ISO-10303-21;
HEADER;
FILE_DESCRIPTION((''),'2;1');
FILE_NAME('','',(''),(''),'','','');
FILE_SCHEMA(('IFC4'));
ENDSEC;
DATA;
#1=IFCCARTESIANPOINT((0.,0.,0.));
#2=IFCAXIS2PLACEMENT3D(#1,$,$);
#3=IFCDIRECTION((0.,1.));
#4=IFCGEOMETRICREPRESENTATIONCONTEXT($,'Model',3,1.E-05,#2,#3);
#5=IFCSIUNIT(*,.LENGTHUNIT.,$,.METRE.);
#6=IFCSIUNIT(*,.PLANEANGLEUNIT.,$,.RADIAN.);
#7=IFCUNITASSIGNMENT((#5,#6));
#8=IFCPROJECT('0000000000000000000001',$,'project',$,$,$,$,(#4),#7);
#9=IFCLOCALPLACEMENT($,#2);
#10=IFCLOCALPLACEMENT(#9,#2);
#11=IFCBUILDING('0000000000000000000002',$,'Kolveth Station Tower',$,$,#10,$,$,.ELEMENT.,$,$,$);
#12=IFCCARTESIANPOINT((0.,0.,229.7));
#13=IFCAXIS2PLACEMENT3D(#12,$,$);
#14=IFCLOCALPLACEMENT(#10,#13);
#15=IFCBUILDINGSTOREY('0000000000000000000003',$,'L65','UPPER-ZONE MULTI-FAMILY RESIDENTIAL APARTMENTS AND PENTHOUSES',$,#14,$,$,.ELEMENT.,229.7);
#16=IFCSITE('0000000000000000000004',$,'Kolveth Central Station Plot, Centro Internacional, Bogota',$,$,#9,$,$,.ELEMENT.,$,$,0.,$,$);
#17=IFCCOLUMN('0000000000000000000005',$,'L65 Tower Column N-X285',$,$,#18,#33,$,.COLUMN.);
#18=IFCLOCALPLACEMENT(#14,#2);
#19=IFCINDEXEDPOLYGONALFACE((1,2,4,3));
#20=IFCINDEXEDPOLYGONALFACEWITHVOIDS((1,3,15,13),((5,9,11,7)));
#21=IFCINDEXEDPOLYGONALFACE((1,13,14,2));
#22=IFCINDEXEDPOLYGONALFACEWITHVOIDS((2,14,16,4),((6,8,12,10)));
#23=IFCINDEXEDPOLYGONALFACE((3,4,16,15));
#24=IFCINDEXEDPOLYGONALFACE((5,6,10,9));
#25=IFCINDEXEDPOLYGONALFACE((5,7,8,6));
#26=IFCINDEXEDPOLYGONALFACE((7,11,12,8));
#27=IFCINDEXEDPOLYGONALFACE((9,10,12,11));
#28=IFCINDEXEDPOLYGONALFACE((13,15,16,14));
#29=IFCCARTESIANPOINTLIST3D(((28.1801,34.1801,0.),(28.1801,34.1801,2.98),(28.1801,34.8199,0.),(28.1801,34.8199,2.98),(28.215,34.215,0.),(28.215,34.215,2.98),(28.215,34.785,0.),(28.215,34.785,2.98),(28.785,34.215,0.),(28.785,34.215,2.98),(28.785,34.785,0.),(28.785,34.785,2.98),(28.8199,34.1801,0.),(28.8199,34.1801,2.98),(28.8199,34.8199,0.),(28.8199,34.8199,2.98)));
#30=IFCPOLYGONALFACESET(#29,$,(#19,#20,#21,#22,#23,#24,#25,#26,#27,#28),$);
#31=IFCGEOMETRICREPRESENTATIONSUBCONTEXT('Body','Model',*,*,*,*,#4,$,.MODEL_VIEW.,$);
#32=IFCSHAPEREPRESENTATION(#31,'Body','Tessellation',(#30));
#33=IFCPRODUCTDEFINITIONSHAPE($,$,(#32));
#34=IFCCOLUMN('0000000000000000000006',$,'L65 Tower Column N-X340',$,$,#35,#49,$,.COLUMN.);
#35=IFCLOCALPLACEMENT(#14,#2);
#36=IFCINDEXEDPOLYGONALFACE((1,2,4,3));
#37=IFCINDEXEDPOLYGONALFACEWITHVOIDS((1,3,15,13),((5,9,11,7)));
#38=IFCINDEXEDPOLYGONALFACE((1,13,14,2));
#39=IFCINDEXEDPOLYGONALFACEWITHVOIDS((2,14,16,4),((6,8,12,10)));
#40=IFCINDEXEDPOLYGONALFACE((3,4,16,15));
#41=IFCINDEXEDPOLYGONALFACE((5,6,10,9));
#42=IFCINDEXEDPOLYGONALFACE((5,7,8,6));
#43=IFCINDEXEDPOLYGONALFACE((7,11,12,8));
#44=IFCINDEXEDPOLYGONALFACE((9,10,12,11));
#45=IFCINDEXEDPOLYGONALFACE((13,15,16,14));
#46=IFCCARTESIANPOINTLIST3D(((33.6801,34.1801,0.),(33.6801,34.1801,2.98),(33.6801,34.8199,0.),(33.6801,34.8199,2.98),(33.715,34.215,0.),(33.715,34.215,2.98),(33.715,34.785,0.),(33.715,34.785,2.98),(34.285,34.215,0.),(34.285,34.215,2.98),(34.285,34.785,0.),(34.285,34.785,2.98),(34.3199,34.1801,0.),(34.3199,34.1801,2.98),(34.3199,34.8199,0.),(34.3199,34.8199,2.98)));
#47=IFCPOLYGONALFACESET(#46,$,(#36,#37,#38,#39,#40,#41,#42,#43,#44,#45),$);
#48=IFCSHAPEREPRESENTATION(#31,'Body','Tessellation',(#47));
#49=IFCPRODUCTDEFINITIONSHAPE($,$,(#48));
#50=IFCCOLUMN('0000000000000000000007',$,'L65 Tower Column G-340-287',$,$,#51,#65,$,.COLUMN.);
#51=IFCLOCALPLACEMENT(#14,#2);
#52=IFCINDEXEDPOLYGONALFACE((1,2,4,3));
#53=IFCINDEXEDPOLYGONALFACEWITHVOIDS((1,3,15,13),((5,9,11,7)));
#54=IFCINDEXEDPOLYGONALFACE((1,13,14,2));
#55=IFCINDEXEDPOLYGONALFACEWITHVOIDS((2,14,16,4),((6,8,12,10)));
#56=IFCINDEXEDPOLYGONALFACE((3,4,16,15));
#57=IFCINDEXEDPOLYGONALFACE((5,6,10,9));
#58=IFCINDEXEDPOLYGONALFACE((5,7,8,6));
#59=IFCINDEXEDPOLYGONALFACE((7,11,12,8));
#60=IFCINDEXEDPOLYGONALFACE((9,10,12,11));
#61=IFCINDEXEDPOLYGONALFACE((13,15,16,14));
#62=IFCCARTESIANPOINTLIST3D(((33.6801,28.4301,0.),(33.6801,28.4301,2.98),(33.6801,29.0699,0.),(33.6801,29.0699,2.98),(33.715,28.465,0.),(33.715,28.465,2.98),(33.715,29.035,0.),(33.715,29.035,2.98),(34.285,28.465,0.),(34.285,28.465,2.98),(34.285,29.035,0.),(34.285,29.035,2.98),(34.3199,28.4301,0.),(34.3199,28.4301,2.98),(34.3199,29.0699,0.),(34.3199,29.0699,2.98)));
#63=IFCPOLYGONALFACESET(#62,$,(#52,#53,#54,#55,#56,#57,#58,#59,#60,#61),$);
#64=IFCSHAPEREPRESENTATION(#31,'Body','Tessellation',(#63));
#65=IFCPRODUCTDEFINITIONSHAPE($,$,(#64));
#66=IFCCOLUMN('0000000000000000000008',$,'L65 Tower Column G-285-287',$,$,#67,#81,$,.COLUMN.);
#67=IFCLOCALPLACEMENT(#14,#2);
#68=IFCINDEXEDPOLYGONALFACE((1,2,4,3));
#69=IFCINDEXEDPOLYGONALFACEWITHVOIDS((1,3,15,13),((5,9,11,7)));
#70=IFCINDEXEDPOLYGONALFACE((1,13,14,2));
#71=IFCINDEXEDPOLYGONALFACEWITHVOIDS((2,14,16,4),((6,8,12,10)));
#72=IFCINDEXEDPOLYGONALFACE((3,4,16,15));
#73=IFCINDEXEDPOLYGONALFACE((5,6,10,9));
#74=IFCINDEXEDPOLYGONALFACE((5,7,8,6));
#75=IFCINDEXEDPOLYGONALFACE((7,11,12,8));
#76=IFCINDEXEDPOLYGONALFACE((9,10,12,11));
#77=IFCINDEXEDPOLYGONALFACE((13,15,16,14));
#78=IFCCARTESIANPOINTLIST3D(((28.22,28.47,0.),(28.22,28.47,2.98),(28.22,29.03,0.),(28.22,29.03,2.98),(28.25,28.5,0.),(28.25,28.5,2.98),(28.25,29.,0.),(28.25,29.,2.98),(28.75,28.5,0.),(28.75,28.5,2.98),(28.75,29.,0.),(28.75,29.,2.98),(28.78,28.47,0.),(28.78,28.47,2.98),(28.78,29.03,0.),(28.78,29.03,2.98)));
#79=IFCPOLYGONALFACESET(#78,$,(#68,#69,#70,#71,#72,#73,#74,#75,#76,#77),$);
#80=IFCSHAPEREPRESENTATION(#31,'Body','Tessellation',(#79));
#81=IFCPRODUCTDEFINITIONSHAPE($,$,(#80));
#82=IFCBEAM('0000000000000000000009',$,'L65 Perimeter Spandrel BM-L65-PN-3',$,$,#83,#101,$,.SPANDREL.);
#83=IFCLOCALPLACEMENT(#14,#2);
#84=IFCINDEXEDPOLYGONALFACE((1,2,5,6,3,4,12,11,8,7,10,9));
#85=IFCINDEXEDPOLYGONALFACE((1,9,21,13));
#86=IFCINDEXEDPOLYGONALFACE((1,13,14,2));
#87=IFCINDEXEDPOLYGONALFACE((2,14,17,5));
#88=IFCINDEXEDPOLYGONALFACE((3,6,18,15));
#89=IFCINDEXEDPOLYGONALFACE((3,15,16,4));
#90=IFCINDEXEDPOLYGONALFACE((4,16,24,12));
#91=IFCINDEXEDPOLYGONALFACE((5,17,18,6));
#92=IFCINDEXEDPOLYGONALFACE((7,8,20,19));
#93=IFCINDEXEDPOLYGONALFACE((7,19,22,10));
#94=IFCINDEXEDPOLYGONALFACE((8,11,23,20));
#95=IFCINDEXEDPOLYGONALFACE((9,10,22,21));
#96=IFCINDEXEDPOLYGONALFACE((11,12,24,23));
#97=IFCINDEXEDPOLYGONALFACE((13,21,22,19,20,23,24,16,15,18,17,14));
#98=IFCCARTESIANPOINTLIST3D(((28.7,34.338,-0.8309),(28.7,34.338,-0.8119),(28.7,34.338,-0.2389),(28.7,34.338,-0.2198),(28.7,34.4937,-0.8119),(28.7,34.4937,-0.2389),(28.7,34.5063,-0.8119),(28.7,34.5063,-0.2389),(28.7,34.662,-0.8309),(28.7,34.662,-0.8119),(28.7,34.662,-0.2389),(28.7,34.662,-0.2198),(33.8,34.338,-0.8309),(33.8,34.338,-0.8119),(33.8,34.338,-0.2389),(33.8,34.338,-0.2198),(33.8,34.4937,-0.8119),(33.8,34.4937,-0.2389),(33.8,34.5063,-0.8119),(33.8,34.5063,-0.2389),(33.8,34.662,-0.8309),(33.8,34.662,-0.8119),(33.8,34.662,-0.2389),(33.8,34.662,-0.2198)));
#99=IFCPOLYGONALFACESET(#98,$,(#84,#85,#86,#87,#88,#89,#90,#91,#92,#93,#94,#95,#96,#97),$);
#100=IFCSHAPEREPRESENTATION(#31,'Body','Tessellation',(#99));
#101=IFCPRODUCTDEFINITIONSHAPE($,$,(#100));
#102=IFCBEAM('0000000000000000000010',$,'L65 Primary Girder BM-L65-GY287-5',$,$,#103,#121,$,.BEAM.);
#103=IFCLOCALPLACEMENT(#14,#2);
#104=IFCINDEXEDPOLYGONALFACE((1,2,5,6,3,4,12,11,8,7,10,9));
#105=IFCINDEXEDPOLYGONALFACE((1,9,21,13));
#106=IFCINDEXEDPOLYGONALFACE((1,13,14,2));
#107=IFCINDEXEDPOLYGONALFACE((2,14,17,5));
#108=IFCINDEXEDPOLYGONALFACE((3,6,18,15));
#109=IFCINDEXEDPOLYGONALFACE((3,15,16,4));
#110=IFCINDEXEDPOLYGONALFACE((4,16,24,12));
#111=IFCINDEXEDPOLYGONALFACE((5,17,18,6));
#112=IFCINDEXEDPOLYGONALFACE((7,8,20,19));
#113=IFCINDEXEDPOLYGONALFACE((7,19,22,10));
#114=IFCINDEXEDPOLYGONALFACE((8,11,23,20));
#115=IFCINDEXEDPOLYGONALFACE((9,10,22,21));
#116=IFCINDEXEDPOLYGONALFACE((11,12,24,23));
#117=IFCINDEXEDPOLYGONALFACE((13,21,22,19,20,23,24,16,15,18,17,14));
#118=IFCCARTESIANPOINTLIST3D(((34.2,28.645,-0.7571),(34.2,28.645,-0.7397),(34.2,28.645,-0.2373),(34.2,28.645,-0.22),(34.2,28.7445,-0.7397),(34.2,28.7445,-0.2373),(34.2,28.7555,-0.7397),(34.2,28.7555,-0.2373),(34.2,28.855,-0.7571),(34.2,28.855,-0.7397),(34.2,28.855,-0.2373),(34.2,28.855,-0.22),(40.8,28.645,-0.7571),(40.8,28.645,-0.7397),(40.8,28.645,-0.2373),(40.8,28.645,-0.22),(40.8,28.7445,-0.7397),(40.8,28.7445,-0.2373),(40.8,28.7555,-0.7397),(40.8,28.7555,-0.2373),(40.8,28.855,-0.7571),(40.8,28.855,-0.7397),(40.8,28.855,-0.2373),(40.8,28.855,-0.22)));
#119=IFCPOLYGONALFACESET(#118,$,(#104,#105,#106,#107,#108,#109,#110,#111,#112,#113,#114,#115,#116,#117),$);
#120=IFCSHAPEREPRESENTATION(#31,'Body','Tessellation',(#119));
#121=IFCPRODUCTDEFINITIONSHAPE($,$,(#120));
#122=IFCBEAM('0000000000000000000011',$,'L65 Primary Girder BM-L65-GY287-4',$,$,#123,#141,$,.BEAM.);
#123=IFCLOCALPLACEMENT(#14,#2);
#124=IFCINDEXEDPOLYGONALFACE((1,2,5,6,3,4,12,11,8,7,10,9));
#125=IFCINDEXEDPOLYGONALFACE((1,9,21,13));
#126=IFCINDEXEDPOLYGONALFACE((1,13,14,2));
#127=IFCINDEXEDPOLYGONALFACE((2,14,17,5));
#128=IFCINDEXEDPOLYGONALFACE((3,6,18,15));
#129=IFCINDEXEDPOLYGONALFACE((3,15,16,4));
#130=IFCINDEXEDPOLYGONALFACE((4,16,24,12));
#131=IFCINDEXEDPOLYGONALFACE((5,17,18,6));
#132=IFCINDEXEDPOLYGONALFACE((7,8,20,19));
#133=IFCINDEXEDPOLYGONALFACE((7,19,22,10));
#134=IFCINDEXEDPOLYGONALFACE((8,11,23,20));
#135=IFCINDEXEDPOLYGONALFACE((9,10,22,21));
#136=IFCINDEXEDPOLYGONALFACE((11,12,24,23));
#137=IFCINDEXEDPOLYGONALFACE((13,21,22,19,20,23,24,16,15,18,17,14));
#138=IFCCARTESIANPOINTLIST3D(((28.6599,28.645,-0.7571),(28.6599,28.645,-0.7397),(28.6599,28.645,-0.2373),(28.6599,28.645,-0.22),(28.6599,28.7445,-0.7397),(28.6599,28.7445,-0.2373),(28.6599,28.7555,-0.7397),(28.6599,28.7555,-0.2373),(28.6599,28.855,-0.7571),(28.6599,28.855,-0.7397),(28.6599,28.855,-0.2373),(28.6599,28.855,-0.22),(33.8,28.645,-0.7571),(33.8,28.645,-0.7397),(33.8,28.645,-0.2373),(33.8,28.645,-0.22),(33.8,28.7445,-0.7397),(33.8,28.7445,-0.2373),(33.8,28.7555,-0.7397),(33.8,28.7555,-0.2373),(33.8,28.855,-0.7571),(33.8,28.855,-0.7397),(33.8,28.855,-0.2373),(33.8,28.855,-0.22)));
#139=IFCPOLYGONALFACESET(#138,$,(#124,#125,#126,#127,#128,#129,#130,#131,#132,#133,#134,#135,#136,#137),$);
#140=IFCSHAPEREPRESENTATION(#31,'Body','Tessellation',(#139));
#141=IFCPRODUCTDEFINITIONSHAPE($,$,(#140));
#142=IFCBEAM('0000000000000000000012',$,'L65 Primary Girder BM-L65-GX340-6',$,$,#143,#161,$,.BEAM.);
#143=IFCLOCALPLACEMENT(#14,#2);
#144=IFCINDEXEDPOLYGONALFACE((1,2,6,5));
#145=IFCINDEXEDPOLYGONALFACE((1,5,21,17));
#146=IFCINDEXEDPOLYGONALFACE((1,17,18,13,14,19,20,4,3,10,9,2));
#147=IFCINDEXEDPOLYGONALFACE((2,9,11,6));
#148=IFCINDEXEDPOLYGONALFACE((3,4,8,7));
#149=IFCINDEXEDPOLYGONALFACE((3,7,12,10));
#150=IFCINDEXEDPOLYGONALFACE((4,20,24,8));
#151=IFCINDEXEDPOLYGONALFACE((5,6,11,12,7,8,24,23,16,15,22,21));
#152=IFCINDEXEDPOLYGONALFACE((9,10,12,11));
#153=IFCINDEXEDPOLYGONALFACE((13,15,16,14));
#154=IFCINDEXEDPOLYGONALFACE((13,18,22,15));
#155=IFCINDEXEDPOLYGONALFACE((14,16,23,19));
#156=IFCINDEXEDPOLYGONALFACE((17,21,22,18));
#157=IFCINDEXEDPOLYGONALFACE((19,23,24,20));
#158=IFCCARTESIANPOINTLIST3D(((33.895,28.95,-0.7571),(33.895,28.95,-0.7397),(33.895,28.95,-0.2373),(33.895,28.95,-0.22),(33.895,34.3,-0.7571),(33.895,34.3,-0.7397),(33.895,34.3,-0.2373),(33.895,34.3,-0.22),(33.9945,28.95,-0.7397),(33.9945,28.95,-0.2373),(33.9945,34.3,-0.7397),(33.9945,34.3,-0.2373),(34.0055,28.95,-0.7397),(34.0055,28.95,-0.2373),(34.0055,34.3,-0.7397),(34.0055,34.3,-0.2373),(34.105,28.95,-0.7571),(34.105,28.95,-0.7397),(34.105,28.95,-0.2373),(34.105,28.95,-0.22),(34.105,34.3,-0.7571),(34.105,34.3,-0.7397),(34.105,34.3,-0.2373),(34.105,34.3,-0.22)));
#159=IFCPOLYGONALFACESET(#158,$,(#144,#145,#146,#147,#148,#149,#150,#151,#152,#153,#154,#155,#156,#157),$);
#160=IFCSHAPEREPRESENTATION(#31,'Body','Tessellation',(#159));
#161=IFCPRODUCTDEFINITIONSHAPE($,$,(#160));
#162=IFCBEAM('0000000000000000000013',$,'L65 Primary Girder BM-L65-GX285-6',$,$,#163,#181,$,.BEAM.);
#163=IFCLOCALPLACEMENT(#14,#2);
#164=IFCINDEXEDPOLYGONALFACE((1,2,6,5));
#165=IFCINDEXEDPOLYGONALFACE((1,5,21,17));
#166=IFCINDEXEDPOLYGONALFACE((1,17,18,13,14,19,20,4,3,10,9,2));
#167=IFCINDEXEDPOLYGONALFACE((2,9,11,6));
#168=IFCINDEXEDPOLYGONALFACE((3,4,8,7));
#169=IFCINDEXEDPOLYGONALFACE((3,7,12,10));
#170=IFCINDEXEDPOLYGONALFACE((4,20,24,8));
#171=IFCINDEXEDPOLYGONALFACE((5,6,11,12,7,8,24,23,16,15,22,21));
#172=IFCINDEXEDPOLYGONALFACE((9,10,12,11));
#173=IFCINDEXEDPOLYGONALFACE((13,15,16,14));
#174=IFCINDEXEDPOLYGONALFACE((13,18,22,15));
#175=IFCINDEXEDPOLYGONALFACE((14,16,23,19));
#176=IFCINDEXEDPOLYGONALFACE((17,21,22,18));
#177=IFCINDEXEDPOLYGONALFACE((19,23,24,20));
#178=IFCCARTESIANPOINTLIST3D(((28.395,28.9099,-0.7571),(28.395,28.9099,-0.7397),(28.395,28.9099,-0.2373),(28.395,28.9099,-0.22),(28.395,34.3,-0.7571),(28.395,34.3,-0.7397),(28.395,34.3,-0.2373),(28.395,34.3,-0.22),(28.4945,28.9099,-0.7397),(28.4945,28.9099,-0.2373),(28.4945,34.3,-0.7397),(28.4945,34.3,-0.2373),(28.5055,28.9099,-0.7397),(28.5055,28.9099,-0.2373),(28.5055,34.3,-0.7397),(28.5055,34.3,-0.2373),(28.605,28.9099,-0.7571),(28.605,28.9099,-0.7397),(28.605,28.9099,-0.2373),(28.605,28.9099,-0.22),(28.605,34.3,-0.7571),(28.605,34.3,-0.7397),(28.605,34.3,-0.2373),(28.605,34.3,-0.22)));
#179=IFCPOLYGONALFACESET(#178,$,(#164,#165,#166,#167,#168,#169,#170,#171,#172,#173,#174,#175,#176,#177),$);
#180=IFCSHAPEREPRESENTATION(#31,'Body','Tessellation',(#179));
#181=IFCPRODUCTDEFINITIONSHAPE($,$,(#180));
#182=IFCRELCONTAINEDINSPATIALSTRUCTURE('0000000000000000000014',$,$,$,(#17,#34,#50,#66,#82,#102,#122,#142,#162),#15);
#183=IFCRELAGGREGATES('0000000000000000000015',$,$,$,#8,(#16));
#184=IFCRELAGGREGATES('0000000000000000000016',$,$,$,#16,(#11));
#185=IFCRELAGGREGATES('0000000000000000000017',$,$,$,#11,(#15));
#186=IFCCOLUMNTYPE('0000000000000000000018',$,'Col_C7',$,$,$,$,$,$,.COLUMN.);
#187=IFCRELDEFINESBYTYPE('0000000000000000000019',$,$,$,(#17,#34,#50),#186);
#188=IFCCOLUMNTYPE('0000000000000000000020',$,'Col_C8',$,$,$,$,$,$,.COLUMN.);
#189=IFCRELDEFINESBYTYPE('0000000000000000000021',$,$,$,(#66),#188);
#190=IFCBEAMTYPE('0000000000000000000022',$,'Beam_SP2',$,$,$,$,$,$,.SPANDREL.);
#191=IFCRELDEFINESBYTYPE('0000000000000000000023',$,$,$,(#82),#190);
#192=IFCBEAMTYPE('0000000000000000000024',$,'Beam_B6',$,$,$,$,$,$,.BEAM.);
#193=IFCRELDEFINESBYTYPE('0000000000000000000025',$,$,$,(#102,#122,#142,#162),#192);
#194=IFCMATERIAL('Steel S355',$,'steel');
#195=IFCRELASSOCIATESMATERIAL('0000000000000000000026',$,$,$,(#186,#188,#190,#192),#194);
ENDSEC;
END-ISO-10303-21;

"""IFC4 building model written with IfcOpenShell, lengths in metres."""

from ifc_helpers import new_model, si_unit, direction, frame, origin, origin_2d, place, context, subcontext, project, spatial, hollow_rectangle, i_section, extrude, source, transform, mapped, material, material_profile, profile_set, type_object, element, save


model = new_model("IFC4")

# Units and contexts
model_context = context("Model", 3, precision=1e-05, world=origin(), true_north=direction((0.0, 1.0)))
body_context = subcontext(model_context, "Body", "Model", "MODEL_VIEW")
ifc_project = project(units=[si_unit("LENGTHUNIT", "METRE"), si_unit("PLANEANGLEUNIT", "RADIAN")], contexts=[model_context])

# Site, building, storey
site_placement = place(None, origin())
site = spatial("IfcSite", under=ifc_project, at=site_placement, Name="Kolveth Central Station Plot, Centro Internacional, Bogota", CompositionType="ELEMENT", RefElevation=0.0)
building_placement = place(site_placement, origin())
building = spatial("IfcBuilding", under=site, at=building_placement, Name="Kolveth Station Tower", CompositionType="ELEMENT")
storey_placement = place(building_placement, frame((0.0, 0.0, 229.7)))
storey = spatial("IfcBuildingStorey", under=building, at=storey_placement, Name="L65", Description="UPPER-ZONE MULTI-FAMILY RESIDENTIAL APARTMENTS AND PENTHOUSES", CompositionType="ELEMENT", Elevation=229.7)

# Columns
ifc_material_1 = material(Name="Steel S355", Category="steel")
ifc_material_profile_1 = material_profile(ifc_material_1, hollow_rectangle(XDim=0.6399, YDim=0.6399, WallThickness=0.0349, at=origin_2d()), Name="BOX640x640x35")
ifc_profile_set_1 = profile_set([ifc_material_profile_1], Name="Steel S355")
column_type_1 = type_object("IfcColumnType", Name="Col_C7", PredefinedType="COLUMN", material=ifc_profile_set_1)
shared_shape_1 = source(origin(), body_context, "Body", "SweptSolid", [
    extrude(hollow_rectangle(XDim=0.6399, YDim=0.6399, WallThickness=0.0349, at=origin_2d()), origin(), (0.0, 0.0, 1.0), 2.98),
])
for number, where, z_axis, x_axis, name in (
    (1, (28.5, 34.5, 0.0), (0.0, 0.0, 1.0), (1.0, 0.0, 0.0), "L65 Tower Column N-X285"),
    (2, (34.0, 34.5, 0.0), (0.0, 0.0, 1.0), (1.0, 0.0, 0.0), "L65 Tower Column N-X340"),
    (3, (34.0, 28.75, 0.0), (0.0, 0.0, 1.0), (1.0, 0.0, 0.0), "L65 Tower Column G-340-287"),
):
    element("IfcColumn", number, at=place(storey_placement, frame(where, z_axis=z_axis, x_axis=x_axis)), inside=storey, type_object=column_type_1, Name=name, PredefinedType="COLUMN", context=body_context, shape_type="MappedRepresentation", body=[
        mapped(shared_shape_1, transform((0.0, 0.0, 0.0), x_axis=(1.0, 0.0, 0.0), y_axis=(0.0, 1.0, 0.0), z_axis=(0.0, 0.0, 1.0), scale=1.0)),
    ])
ifc_material_profile_2 = material_profile(ifc_material_1, hollow_rectangle(XDim=0.5601, YDim=0.5601, WallThickness=0.03, at=origin_2d()), Name="BOX560x560x30")
ifc_profile_set_2 = profile_set([ifc_material_profile_2], Name="Steel S355")
column_type_2 = type_object("IfcColumnType", Name="Col_C8", PredefinedType="COLUMN", material=ifc_profile_set_2)
shared_shape_2 = source(origin(), body_context, "Body", "SweptSolid", [
    extrude(hollow_rectangle(XDim=0.5601, YDim=0.5601, WallThickness=0.03, at=origin_2d()), origin(), (0.0, 0.0, 1.0), 2.98),
])
column_placement = place(storey_placement, frame((28.5, 28.75, 0.0), z_axis=(0.0, 0.0, 1.0), x_axis=(1.0, 0.0, 0.0)))
element("IfcColumn", 4, at=column_placement, inside=storey, type_object=column_type_2, Name="L65 Tower Column G-285-287", PredefinedType="COLUMN", context=body_context, shape_type="MappedRepresentation", body=[
    mapped(shared_shape_2, transform((0.0, 0.0, 0.0), x_axis=(1.0, 0.0, 0.0), y_axis=(0.0, 1.0, 0.0), z_axis=(0.0, 0.0, 1.0), scale=1.0)),
])

# Beams
ifc_material_profile_3 = material_profile(ifc_material_1, i_section(OverallWidth=0.324, OverallDepth=0.6111, WebThickness=0.0127, FlangeThickness=0.019, at=origin_2d()), Name="W610x155")
ifc_profile_set_3 = profile_set([ifc_material_profile_3], Name="Steel S355")
beam_type_1 = type_object("IfcBeamType", Name="Beam_SP2", PredefinedType="SPANDREL", material=ifc_profile_set_3)
shared_shape_3 = source(origin(), body_context, "Body", "SweptSolid", [
    extrude(i_section(OverallWidth=0.324, OverallDepth=0.6111, WebThickness=0.0127, FlangeThickness=0.019, at=origin_2d()), origin(), (0.0, 0.0, 1.0), 5.1001),
])
beam_1_placement = place(storey_placement, frame((28.7, 34.5, -0.5254), z_axis=(1.0, 0.0, 0.0), x_axis=(0.0, 1.0, 0.0)))
element("IfcBeam", 5, at=beam_1_placement, inside=storey, type_object=beam_type_1, Name="L65 Perimeter Spandrel BM-L65-PN-3", PredefinedType="SPANDREL", context=body_context, shape_type="MappedRepresentation", body=[
    mapped(shared_shape_3, transform((0.0, 0.0, 0.0), x_axis=(1.0, 0.0, 0.0), y_axis=(0.0, 1.0, 0.0), z_axis=(0.0, 0.0, 1.0), scale=1.0)),
])
ifc_material_profile_4 = material_profile(ifc_material_1, i_section(OverallWidth=0.21, OverallDepth=0.5371, WebThickness=0.011, FlangeThickness=0.0173, at=origin_2d()), Name="W530x101")
ifc_profile_set_4 = profile_set([ifc_material_profile_4], Name="Steel S355")
beam_type_2 = type_object("IfcBeamType", Name="Beam_B6", PredefinedType="BEAM", material=ifc_profile_set_4)
shared_shape_4 = source(origin(), body_context, "Body", "SweptSolid", [
    extrude(i_section(OverallWidth=0.21, OverallDepth=0.5371, WebThickness=0.011, FlangeThickness=0.0173, at=origin_2d()), origin(), (0.0, 0.0, 1.0), 6.6001),
])
beam_2_placement = place(storey_placement, frame((34.2, 28.75, -0.4885), z_axis=(1.0, 0.0, 0.0), x_axis=(0.0, 1.0, 0.0)))
element("IfcBeam", 6, at=beam_2_placement, inside=storey, type_object=beam_type_2, Name="L65 Primary Girder BM-L65-GY287-5", PredefinedType="BEAM", context=body_context, shape_type="MappedRepresentation", body=[
    mapped(shared_shape_4, transform((0.0, 0.0, 0.0), x_axis=(1.0, 0.0, 0.0), y_axis=(0.0, 1.0, 0.0), z_axis=(0.0, 0.0, 1.0), scale=1.0)),
])
shared_shape_5 = source(origin(), body_context, "Body", "SweptSolid", [
    extrude(i_section(OverallWidth=0.21, OverallDepth=0.5371, WebThickness=0.011, FlangeThickness=0.0173, at=origin_2d()), origin(), (0.0, 0.0, 1.0), 5.1401),
])
beam_3_placement = place(storey_placement, frame((28.6599, 28.75, -0.4885), z_axis=(1.0, 0.0, 0.0), x_axis=(0.0, 1.0, 0.0)))
element("IfcBeam", 7, at=beam_3_placement, inside=storey, type_object=beam_type_2, Name="L65 Primary Girder BM-L65-GY287-4", PredefinedType="BEAM", context=body_context, shape_type="MappedRepresentation", body=[
    mapped(shared_shape_5, transform((0.0, 0.0, 0.0), x_axis=(1.0, 0.0, 0.0), y_axis=(0.0, 1.0, 0.0), z_axis=(0.0, 0.0, 1.0), scale=1.0)),
])
shared_shape_6 = source(origin(), body_context, "Body", "SweptSolid", [
    extrude(i_section(OverallWidth=0.21, OverallDepth=0.5371, WebThickness=0.011, FlangeThickness=0.0173, at=origin_2d()), origin(), (0.0, 0.0, 1.0), 5.3501),
])
beam_4_placement = place(storey_placement, frame((34.0, 28.95, -0.4885), z_axis=(0.0, 1.0, 0.0), x_axis=(-1.0, 0.0, 0.0)))
element("IfcBeam", 8, at=beam_4_placement, inside=storey, type_object=beam_type_2, Name="L65 Primary Girder BM-L65-GX340-6", PredefinedType="BEAM", context=body_context, shape_type="MappedRepresentation", body=[
    mapped(shared_shape_6, transform((0.0, 0.0, 0.0), x_axis=(1.0, 0.0, 0.0), y_axis=(0.0, 1.0, 0.0), z_axis=(0.0, 0.0, 1.0), scale=1.0)),
])
shared_shape_7 = source(origin(), body_context, "Body", "SweptSolid", [
    extrude(i_section(OverallWidth=0.21, OverallDepth=0.5371, WebThickness=0.011, FlangeThickness=0.0173, at=origin_2d()), origin(), (0.0, 0.0, 1.0), 5.3901),
])
beam_5_placement = place(storey_placement, frame((28.5, 28.9099, -0.4885), z_axis=(0.0, 1.0, 0.0), x_axis=(-1.0, 0.0, 0.0)))
element("IfcBeam", 9, at=beam_5_placement, inside=storey, type_object=beam_type_2, Name="L65 Primary Girder BM-L65-GX285-6", PredefinedType="BEAM", context=body_context, shape_type="MappedRepresentation", body=[
    mapped(shared_shape_7, transform((0.0, 0.0, 0.0), x_axis=(1.0, 0.0, 0.0), y_axis=(0.0, 1.0, 0.0), z_axis=(0.0, 0.0, 1.0), scale=1.0)),
])

save(model, "model.ifc")
